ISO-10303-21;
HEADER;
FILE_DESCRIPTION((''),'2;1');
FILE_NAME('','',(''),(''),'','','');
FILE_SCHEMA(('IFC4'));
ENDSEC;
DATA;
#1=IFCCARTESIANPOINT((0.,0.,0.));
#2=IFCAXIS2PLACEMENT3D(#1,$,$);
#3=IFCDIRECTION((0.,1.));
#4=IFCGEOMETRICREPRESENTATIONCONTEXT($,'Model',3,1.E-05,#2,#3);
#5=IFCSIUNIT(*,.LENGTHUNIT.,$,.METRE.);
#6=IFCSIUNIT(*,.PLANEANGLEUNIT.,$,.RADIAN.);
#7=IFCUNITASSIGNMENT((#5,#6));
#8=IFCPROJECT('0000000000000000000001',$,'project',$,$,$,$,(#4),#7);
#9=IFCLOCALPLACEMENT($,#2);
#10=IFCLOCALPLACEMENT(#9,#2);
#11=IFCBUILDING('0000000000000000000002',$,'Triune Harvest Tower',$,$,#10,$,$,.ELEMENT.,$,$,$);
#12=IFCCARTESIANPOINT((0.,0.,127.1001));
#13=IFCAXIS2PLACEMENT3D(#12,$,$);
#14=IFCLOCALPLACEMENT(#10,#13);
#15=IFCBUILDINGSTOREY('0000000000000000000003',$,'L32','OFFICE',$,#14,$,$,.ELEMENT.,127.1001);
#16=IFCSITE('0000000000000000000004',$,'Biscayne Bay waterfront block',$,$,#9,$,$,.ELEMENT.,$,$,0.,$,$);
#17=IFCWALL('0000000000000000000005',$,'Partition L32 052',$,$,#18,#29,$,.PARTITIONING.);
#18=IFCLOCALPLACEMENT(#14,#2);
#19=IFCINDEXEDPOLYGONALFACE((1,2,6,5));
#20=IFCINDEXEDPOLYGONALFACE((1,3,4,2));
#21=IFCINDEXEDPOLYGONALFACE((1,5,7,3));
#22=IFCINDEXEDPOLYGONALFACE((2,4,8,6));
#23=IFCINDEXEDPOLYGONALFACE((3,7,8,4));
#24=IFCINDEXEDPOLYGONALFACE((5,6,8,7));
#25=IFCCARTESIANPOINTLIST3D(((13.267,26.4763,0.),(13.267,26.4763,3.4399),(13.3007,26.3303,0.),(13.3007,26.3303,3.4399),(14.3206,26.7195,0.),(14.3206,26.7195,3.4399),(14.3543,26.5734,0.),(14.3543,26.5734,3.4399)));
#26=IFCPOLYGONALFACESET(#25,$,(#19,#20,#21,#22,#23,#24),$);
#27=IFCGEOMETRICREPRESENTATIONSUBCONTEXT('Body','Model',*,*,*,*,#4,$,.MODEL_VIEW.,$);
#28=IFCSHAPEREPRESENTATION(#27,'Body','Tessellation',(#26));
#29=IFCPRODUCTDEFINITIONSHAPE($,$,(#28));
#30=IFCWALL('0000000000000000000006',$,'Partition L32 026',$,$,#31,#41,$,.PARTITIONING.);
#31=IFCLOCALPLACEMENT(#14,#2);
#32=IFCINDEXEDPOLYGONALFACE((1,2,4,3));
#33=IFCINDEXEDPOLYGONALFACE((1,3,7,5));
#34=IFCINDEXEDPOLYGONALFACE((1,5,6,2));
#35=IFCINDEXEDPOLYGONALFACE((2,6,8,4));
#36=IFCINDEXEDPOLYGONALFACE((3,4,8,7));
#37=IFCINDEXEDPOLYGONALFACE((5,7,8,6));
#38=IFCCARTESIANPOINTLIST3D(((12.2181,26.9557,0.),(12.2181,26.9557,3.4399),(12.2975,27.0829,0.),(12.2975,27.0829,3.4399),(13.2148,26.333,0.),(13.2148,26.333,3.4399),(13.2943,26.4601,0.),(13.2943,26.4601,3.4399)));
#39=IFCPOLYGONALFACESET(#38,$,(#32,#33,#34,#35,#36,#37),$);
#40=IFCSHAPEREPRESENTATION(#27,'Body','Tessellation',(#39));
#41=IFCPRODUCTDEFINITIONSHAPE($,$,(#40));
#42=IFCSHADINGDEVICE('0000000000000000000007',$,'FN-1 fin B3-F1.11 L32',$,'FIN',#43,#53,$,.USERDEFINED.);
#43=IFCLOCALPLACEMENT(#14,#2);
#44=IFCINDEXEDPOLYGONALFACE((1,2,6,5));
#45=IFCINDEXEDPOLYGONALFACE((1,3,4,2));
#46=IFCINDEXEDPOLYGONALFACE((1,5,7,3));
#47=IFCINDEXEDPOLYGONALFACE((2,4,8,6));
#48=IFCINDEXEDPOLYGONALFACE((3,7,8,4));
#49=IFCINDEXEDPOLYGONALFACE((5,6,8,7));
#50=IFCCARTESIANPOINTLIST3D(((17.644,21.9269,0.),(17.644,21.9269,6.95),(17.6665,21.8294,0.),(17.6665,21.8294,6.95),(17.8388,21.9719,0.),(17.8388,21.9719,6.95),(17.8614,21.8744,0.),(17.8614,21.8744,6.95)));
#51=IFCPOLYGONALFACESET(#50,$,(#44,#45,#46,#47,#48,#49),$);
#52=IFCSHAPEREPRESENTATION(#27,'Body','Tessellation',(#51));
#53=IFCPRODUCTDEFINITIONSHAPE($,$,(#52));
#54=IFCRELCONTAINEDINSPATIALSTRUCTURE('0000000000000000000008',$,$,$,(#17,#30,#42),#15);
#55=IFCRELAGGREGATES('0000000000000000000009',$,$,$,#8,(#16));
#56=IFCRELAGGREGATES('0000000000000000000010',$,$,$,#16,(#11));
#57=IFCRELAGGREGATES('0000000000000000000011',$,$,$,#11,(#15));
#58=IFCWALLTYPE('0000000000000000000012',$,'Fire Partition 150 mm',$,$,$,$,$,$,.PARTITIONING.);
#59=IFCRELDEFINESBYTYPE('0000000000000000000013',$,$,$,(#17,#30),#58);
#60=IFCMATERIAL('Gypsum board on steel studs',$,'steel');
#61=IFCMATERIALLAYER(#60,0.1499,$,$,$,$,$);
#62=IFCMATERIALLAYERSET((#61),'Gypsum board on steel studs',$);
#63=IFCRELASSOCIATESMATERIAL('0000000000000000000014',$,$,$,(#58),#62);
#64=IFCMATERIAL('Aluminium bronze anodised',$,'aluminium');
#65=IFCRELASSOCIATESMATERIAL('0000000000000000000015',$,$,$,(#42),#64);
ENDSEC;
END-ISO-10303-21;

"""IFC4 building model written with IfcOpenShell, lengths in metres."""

from ifc_helpers import new_model, si_unit, direction, frame, frame_2d, origin, origin_2d, place, context, subcontext, project, spatial, rectangle, extrude, source, transform, mapped, material, layer, layer_set, type_object, element, save


model = new_model("IFC4")

# Units and contexts
model_context = context("Model", 3, precision=1e-05, world=origin(), true_north=direction((0.0, 1.0)))
body_context = subcontext(model_context, "Body", "Model", "MODEL_VIEW")
ifc_project = project(units=[si_unit("LENGTHUNIT", "METRE"), si_unit("PLANEANGLEUNIT", "RADIAN")], contexts=[model_context])

# Site, building, storey
site_placement = place(None, origin())
site = spatial("IfcSite", under=ifc_project, at=site_placement, Name="Biscayne Bay waterfront block", CompositionType="ELEMENT", RefElevation=0.0)
building_placement = place(site_placement, origin())
building = spatial("IfcBuilding", under=site, at=building_placement, Name="Triune Harvest Tower", CompositionType="ELEMENT")
storey_placement = place(building_placement, frame((0.0, 0.0, 127.1001)))
storey = spatial("IfcBuildingStorey", under=building, at=storey_placement, Name="L32", Description="OFFICE", CompositionType="ELEMENT", Elevation=127.1001)

# Shared definitions
ifc_material_1 = material(Name="Gypsum board on steel studs", Category="steel")
ifc_layer_1 = layer(ifc_material_1, 0.1499)
ifc_layer_set_1 = layer_set([ifc_layer_1], Name="Gypsum board on steel studs")
wall_type = type_object("IfcWallType", Name="Fire Partition 150 mm", PredefinedType="PARTITIONING", material=ifc_layer_set_1)

# Walls
shared_shape_1 = source(origin(), body_context, "Body", "SweptSolid", [
    extrude(rectangle(XDim=1.0813, YDim=0.1499, at=frame_2d((0.5405, 0.0))), origin(), (0.0, 0.0, 1.0), 3.4399),
])
wall_1_placement = place(storey_placement, frame((13.2839, 26.4033, 0.0), z_axis=(0.0, 0.0, 1.0), x_axis=(0.974391, 0.22486, 0.0)))
element("IfcWall", 1, at=wall_1_placement, inside=storey, type_object=wall_type, Name="Partition L32 052", PredefinedType="PARTITIONING", context=body_context, shape_type="MappedRepresentation", body=[
    mapped(shared_shape_1, transform((0.0, 0.0, 0.0), scale=1.0)),
])
shared_shape_2 = source(origin(), body_context, "Body", "SweptSolid", [
    extrude(rectangle(XDim=1.1753, YDim=0.1499, at=frame_2d((0.5876, 0.0))), origin(), (0.0, 0.0, 1.0), 3.4399),
])
wall_2_placement = place(storey_placement, frame((12.2578, 27.0193, 0.0), z_axis=(0.0, 0.0, 1.0), x_axis=(0.84808, -0.529868, 0.0)))
element("IfcWall", 2, at=wall_2_placement, inside=storey, type_object=wall_type, Name="Partition L32 026", PredefinedType="PARTITIONING", context=body_context, shape_type="MappedRepresentation", body=[
    mapped(shared_shape_2, transform((0.0, 0.0, 0.0), scale=1.0)),
])

# Shading device
ifc_material_2 = material(Name="Aluminium bronze anodised", Category="aluminium")
shared_shape_3 = source(origin(), body_context, "Body", "SweptSolid", [
    extrude(rectangle(XDim=0.1001, YDim=0.2, at=origin_2d()), origin(), (0.0, 0.0, 1.0), 6.95),
])
shading_device_placement = place(storey_placement, frame((17.7527, 21.9006, 0.0), z_axis=(0.0, 0.0, 1.0), x_axis=(-0.224951, 0.97437, 0.0)))
element("IfcShadingDevice", 3, at=shading_device_placement, inside=storey, material=ifc_material_2, Name="FN-1 fin B3-F1.11 L32", ObjectType="FIN", PredefinedType="USERDEFINED", context=body_context, shape_type="MappedRepresentation", body=[
    mapped(shared_shape_3, transform((0.0, 0.0, 0.0), scale=1.0)),
])

save(model, "model.ifc")
